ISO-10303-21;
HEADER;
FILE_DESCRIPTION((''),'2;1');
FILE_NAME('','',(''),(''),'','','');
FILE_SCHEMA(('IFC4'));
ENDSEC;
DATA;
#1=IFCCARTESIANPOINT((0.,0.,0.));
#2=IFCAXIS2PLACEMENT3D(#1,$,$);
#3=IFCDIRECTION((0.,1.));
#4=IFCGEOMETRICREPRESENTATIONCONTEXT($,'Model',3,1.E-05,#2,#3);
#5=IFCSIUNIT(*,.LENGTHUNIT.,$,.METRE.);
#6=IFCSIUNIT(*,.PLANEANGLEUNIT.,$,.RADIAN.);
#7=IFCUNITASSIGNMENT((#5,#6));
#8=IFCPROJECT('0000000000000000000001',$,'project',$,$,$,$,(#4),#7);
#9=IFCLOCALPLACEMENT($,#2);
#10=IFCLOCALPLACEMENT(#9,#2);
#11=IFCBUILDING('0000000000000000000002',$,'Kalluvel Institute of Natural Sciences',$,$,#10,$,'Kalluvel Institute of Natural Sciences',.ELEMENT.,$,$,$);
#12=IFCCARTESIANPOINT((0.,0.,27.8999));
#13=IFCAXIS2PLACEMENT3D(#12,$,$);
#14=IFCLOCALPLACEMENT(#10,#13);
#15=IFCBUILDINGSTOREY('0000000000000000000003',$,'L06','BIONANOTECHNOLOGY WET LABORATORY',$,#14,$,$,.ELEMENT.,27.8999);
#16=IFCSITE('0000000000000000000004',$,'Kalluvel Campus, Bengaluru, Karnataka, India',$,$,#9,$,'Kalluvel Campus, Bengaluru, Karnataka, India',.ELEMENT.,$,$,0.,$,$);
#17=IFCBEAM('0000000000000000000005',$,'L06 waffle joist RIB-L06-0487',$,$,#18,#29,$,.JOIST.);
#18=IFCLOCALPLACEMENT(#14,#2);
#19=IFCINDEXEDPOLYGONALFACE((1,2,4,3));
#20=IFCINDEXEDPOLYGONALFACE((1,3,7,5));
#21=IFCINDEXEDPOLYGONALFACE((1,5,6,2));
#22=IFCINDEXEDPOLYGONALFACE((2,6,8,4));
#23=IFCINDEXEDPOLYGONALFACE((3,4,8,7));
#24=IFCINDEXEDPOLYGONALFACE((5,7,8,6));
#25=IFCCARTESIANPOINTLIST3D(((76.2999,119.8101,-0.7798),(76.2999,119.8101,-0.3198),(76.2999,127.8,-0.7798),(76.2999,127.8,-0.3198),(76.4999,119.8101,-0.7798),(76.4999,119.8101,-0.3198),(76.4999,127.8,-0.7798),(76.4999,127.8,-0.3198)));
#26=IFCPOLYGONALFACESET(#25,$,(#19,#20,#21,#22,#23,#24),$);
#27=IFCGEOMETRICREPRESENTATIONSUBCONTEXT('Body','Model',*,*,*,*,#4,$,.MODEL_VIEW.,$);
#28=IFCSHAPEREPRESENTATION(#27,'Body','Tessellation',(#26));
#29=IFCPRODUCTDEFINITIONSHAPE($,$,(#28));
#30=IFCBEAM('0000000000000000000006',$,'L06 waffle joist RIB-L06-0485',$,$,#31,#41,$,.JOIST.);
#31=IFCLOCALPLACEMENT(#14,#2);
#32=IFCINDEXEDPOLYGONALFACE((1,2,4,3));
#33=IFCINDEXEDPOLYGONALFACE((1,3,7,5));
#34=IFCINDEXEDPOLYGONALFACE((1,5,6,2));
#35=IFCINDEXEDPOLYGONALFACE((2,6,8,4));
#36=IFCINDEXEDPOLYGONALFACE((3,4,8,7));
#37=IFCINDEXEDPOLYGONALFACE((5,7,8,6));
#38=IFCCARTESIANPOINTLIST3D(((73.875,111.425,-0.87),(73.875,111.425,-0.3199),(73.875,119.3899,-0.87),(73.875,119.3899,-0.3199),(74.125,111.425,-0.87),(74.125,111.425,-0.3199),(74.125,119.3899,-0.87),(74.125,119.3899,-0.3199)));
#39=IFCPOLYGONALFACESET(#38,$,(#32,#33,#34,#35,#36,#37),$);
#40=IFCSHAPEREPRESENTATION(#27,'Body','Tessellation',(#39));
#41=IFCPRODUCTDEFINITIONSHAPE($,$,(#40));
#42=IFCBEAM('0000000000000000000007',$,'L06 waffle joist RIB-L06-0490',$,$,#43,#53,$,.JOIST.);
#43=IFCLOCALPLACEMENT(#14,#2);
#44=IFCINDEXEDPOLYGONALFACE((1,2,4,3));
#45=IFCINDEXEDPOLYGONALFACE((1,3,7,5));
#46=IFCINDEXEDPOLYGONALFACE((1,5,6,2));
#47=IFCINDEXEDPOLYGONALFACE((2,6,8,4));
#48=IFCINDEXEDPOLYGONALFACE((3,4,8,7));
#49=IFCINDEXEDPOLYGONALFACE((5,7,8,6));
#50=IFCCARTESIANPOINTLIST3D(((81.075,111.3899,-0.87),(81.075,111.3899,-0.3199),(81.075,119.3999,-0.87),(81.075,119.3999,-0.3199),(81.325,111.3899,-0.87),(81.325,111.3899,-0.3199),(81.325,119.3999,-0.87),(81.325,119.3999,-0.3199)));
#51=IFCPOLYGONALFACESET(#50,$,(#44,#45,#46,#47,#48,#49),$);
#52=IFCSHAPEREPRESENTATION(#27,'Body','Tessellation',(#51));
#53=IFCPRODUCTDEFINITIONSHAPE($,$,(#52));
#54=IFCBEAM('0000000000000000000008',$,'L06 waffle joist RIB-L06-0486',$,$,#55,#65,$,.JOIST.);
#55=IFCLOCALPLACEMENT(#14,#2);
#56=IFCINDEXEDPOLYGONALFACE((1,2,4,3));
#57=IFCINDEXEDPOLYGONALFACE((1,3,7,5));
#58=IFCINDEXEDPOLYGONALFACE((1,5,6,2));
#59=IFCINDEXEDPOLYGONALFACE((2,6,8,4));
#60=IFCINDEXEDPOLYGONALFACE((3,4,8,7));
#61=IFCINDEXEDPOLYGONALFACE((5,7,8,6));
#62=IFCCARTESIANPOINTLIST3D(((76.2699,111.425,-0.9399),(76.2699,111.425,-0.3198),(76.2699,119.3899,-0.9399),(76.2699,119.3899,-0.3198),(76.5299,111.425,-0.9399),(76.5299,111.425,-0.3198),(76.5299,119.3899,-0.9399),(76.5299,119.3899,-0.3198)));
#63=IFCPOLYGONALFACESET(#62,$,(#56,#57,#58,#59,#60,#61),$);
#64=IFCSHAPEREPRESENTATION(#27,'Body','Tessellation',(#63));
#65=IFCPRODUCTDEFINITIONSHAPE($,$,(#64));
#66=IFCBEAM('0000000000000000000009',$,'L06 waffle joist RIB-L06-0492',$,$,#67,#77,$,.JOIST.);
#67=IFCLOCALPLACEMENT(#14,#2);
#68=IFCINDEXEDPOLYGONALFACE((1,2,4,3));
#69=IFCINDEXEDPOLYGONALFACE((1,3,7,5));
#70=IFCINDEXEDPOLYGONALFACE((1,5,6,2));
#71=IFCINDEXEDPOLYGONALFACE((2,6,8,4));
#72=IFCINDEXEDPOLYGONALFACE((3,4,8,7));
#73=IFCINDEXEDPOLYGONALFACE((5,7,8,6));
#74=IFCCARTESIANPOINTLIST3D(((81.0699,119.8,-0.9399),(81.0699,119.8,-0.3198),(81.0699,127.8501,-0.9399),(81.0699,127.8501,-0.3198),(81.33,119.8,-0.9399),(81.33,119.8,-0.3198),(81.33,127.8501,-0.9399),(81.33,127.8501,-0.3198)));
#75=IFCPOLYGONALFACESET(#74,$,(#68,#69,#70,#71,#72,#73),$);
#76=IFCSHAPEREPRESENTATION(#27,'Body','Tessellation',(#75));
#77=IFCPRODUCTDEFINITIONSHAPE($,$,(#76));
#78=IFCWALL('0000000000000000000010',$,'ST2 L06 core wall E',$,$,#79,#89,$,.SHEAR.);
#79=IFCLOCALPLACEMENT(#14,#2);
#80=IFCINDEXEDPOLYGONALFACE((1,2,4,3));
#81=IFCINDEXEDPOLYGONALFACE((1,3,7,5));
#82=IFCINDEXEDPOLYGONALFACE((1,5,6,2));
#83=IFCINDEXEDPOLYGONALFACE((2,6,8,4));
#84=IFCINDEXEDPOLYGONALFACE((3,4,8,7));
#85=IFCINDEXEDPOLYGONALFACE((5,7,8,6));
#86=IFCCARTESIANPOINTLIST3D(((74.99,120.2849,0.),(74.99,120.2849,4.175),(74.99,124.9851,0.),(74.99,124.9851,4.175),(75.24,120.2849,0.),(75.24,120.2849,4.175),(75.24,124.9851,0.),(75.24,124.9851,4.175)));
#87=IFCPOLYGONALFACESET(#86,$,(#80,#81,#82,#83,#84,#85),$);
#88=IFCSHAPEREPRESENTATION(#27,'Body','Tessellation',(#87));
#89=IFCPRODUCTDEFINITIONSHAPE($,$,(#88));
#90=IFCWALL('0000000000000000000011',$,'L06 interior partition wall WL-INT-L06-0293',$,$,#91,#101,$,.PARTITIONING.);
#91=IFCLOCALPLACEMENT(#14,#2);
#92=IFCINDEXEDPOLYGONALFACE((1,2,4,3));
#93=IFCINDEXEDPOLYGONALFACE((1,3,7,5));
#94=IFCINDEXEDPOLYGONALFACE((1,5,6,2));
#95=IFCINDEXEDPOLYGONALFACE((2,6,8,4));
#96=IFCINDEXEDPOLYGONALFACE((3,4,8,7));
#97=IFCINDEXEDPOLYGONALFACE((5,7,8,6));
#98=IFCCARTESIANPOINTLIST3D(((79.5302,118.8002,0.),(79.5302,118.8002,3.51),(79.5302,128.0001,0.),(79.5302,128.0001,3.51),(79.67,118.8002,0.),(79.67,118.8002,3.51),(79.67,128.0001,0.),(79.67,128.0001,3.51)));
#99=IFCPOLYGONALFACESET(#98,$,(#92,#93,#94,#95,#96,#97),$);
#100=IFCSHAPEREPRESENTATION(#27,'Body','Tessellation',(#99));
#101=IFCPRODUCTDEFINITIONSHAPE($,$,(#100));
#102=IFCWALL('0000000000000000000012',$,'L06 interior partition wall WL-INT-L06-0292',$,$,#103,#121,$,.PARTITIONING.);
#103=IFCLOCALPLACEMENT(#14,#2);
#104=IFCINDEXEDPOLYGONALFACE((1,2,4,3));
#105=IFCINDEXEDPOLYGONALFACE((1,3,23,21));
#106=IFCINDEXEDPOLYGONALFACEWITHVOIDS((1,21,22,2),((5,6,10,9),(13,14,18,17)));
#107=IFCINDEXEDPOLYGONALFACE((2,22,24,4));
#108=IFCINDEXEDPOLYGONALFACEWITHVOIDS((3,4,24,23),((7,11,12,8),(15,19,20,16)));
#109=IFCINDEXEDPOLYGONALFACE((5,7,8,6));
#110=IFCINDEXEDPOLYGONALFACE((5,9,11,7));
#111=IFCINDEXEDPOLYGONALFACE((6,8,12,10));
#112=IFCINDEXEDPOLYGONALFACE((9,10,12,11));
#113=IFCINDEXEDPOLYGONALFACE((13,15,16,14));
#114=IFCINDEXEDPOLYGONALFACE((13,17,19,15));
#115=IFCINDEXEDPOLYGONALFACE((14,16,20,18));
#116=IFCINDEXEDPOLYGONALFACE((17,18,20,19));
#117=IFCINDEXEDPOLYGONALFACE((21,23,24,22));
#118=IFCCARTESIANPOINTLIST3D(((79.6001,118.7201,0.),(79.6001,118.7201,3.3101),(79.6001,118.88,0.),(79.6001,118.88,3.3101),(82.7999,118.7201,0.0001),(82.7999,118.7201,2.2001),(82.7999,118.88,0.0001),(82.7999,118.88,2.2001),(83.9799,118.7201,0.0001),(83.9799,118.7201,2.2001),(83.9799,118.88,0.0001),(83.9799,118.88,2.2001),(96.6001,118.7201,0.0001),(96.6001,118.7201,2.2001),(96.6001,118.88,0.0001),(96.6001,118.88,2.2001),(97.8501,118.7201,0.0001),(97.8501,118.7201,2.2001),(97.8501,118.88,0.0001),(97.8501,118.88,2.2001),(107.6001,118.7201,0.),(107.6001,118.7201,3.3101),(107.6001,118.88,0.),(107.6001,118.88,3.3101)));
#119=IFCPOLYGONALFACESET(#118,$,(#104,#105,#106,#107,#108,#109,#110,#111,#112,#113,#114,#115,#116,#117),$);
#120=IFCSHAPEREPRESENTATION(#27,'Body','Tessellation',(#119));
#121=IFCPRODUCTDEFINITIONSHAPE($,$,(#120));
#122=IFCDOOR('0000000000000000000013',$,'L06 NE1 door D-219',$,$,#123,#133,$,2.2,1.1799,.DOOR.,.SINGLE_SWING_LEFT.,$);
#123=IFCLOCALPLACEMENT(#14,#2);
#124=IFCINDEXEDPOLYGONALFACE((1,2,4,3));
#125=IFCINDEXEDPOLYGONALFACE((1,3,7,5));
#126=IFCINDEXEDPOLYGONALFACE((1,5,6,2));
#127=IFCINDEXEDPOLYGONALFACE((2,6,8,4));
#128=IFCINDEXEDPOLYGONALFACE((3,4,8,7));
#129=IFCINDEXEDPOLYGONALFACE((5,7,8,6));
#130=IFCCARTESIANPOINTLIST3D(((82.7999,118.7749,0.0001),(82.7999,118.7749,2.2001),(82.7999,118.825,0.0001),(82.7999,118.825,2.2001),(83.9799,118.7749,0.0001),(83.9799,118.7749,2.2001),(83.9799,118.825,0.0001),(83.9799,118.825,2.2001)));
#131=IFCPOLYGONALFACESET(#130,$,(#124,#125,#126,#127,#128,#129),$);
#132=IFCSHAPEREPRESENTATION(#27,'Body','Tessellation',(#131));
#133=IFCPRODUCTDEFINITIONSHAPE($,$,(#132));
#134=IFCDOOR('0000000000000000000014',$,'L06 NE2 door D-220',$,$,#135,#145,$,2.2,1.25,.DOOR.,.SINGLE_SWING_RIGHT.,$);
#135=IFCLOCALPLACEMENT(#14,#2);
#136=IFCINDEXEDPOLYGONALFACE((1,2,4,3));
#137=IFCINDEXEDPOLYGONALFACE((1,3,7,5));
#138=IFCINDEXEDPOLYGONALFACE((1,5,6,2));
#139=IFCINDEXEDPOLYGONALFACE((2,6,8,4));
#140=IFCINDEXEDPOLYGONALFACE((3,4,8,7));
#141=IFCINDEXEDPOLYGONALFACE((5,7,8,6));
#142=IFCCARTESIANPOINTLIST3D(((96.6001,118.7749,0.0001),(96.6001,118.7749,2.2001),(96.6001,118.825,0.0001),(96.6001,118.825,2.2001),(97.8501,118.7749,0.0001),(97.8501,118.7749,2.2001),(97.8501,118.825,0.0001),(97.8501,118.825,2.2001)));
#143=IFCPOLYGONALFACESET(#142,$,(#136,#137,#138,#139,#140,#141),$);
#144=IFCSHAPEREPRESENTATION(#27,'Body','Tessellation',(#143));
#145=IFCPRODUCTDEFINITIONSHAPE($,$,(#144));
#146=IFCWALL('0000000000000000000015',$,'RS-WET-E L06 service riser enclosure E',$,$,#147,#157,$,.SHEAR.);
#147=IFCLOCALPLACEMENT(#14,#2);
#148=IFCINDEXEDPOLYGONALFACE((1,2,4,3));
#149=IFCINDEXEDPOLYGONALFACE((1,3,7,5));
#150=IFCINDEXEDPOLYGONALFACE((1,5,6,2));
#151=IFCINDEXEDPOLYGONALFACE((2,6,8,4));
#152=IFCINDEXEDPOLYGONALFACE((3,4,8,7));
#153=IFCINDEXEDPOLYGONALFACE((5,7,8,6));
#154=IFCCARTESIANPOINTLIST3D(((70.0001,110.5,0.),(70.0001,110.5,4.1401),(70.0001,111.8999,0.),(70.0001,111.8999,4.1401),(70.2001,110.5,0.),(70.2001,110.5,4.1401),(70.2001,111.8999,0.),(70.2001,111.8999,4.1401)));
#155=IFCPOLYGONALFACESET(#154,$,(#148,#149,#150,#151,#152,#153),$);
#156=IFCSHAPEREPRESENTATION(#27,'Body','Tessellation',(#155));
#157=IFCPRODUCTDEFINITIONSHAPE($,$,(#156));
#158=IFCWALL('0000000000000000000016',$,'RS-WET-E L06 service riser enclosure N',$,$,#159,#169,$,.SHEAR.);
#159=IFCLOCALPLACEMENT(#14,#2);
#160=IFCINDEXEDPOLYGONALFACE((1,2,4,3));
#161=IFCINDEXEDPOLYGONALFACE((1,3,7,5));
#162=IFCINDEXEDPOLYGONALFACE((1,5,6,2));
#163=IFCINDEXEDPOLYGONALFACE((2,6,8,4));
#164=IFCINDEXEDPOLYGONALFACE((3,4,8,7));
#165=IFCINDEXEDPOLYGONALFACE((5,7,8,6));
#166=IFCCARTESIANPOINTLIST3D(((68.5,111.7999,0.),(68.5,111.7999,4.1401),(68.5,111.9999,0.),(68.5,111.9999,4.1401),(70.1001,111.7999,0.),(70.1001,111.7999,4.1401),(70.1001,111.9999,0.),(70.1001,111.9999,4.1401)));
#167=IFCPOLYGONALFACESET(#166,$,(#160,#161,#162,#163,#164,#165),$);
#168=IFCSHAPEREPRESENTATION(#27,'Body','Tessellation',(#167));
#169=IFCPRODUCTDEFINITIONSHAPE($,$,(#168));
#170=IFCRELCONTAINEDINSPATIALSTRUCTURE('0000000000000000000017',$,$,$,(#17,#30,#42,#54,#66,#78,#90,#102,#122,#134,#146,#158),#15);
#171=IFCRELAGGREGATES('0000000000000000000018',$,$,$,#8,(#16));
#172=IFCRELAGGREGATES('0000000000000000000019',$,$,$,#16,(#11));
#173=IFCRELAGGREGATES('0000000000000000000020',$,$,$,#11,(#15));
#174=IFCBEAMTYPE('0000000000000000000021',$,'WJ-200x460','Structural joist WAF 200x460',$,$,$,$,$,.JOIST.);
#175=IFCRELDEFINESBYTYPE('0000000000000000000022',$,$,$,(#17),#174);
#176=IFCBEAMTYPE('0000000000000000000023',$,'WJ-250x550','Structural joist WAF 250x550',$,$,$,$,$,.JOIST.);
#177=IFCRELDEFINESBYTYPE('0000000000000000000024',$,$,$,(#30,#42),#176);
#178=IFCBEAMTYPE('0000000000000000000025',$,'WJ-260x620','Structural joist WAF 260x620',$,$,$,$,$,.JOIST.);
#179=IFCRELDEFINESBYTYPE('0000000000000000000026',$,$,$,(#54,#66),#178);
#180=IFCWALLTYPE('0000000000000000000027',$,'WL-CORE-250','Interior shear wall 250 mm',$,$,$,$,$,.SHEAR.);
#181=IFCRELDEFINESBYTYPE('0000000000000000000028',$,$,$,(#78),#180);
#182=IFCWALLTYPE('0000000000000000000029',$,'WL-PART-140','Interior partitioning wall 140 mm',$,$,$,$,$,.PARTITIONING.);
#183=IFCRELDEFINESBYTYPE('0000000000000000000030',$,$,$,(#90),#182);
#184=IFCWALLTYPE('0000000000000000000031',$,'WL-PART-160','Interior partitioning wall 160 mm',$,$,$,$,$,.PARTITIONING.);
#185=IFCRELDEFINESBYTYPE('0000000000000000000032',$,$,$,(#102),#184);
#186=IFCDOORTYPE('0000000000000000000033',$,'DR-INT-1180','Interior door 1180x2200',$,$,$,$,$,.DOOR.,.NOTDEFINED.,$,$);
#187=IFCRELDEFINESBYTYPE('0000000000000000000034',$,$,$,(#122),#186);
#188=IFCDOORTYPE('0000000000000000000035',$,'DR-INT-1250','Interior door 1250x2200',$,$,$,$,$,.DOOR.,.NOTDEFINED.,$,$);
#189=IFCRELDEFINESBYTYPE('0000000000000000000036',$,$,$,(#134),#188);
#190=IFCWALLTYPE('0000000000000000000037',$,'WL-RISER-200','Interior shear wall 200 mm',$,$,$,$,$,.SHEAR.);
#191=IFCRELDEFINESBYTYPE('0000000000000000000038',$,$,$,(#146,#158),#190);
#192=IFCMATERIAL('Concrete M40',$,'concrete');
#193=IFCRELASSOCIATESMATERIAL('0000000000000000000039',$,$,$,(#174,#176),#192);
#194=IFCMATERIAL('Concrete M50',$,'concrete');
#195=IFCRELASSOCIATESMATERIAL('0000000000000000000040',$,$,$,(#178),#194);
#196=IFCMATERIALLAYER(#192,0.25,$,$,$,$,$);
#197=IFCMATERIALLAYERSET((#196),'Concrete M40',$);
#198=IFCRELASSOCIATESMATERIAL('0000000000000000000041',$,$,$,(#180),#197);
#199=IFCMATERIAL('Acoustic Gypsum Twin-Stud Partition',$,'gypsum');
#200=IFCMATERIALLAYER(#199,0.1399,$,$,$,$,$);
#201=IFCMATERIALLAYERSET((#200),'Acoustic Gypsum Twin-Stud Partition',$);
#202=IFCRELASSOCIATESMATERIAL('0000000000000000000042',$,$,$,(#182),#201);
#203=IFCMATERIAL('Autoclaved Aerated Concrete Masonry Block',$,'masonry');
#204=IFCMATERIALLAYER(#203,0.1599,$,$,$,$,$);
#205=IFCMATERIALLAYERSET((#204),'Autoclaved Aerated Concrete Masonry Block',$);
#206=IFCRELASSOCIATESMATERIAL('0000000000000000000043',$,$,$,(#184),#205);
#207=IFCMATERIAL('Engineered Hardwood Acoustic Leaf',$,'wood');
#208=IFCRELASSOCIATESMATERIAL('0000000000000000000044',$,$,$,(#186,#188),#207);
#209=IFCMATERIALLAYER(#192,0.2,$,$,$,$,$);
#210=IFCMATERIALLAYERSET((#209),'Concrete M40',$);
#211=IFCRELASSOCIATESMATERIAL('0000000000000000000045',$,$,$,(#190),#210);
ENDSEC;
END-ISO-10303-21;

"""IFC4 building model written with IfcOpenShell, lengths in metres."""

from ifc_helpers import new_model, si_unit, direction, frame, frame_2d, origin, origin_2d, place, context, subcontext, project, spatial, rectangle, extrude, material, layer, layer_set, material_profile, profile_set, type_object, element, fill, save


model = new_model("IFC4")

# Units and contexts
model_context = context("Model", 3, precision=1e-05, world=origin(), true_north=direction((0.0, 1.0)))
body_context = subcontext(model_context, "Body", "Model", "MODEL_VIEW")
ifc_project = project(units=[si_unit("LENGTHUNIT", "METRE"), si_unit("PLANEANGLEUNIT", "RADIAN")], contexts=[model_context])

# Site, building, storey
site_placement = place(None, origin())
site = spatial("IfcSite", under=ifc_project, at=site_placement, Name="Kalluvel Campus, Bengaluru, Karnataka, India", LongName="Kalluvel Campus, Bengaluru, Karnataka, India", CompositionType="ELEMENT", RefElevation=0.0)
building_placement = place(site_placement, origin())
building = spatial("IfcBuilding", under=site, at=building_placement, Name="Kalluvel Institute of Natural Sciences", LongName="Kalluvel Institute of Natural Sciences", CompositionType="ELEMENT")
storey_placement = place(building_placement, frame((0.0, 0.0, 27.8999)))
storey = spatial("IfcBuildingStorey", under=building, at=storey_placement, Name="L06", Description="BIONANOTECHNOLOGY WET LABORATORY", CompositionType="ELEMENT", Elevation=27.8999)

# Shared definitions
ifc_material_1 = material(Name="Concrete M40", Category="concrete")

# Beams
ifc_material_2 = material(Name="Concrete M50", Category="concrete")
ifc_material_profile_1 = material_profile(ifc_material_1, rectangle(XDim=0.2, YDim=0.46, at=origin_2d()), Name="WAF 200x460")
ifc_profile_set_1 = profile_set([ifc_material_profile_1], Name="Concrete M40")
beam_type_1 = type_object("IfcBeamType", Name="WJ-200x460", Description="Structural joist WAF 200x460", PredefinedType="JOIST", material=ifc_profile_set_1)
beam_1_placement = place(storey_placement, frame((76.3999, 119.8101, -0.5498), z_axis=(0.0, 1.0, 0.0), x_axis=(-1.0, 0.0, 0.0)))
element("IfcBeam", 1, at=beam_1_placement, inside=storey, type_object=beam_type_1, Name="L06 waffle joist RIB-L06-0487", PredefinedType="JOIST", context=body_context, shape_type="SweptSolid", body=[
    extrude(rectangle(XDim=0.2, YDim=0.46, at=origin_2d()), origin(), (0.0, 0.0, 1.0), 7.99),
])
ifc_material_profile_2 = material_profile(ifc_material_1, rectangle(XDim=0.25, YDim=0.55, at=origin_2d()), Name="WAF 250x550")
ifc_profile_set_2 = profile_set([ifc_material_profile_2], Name="Concrete M40")
beam_type_2 = type_object("IfcBeamType", Name="WJ-250x550", Description="Structural joist WAF 250x550", PredefinedType="JOIST", material=ifc_profile_set_2)
beam_2_placement = place(storey_placement, frame((74.0, 111.425, -0.595), z_axis=(0.0, 1.0, 0.0), x_axis=(-1.0, 0.0, 0.0)))
element("IfcBeam", 2, at=beam_2_placement, inside=storey, type_object=beam_type_2, Name="L06 waffle joist RIB-L06-0485", PredefinedType="JOIST", context=body_context, shape_type="SweptSolid", body=[
    extrude(rectangle(XDim=0.25, YDim=0.55, at=origin_2d()), origin(), (0.0, 0.0, 1.0), 7.9648),
])
beam_3_placement = place(storey_placement, frame((81.2, 111.3899, -0.595), z_axis=(0.0, 1.0, 0.0), x_axis=(-1.0, 0.0, 0.0)))
element("IfcBeam", 3, at=beam_3_placement, inside=storey, type_object=beam_type_2, Name="L06 waffle joist RIB-L06-0490", PredefinedType="JOIST", context=body_context, shape_type="SweptSolid", body=[
    extrude(rectangle(XDim=0.25, YDim=0.55, at=origin_2d()), origin(), (0.0, 0.0, 1.0), 8.01),
])
ifc_material_profile_3 = material_profile(ifc_material_2, rectangle(XDim=0.26, YDim=0.6201, at=origin_2d()), Name="WAF 260x620")
ifc_profile_set_3 = profile_set([ifc_material_profile_3], Name="Concrete M50")
beam_type_3 = type_object("IfcBeamType", Name="WJ-260x620", Description="Structural joist WAF 260x620", PredefinedType="JOIST", material=ifc_profile_set_3)
beam_4_placement = place(storey_placement, frame((76.3999, 111.425, -0.6299), z_axis=(0.0, 1.0, 0.0), x_axis=(-1.0, 0.0, 0.0)))
element("IfcBeam", 4, at=beam_4_placement, inside=storey, type_object=beam_type_3, Name="L06 waffle joist RIB-L06-0486", PredefinedType="JOIST", context=body_context, shape_type="SweptSolid", body=[
    extrude(rectangle(XDim=0.26, YDim=0.6201, at=origin_2d()), origin(), (0.0, 0.0, 1.0), 7.9648),
])
beam_5_placement = place(storey_placement, frame((81.2, 119.8, -0.6299), z_axis=(0.0, 1.0, 0.0), x_axis=(-1.0, 0.0, 0.0)))
element("IfcBeam", 5, at=beam_5_placement, inside=storey, type_object=beam_type_3, Name="L06 waffle joist RIB-L06-0492", PredefinedType="JOIST", context=body_context, shape_type="SweptSolid", body=[
    extrude(rectangle(XDim=0.26, YDim=0.6201, at=origin_2d()), origin(), (0.0, 0.0, 1.0), 8.05),
])

# Walls
ifc_layer_1 = layer(ifc_material_1, 0.25)
ifc_layer_set_1 = layer_set([ifc_layer_1], Name="Concrete M40")
wall_type_1 = type_object("IfcWallType", Name="WL-CORE-250", Description="Interior shear wall 250 mm", PredefinedType="SHEAR", material=ifc_layer_set_1)
wall_1_placement = place(storey_placement, frame((75.115, 120.2849, 0.0), z_axis=(0.0, 0.0, 1.0), x_axis=(0.0, 1.0, 0.0)))
element("IfcWall", 6, at=wall_1_placement, inside=storey, type_object=wall_type_1, Name="ST2 L06 core wall E", PredefinedType="SHEAR", context=body_context, shape_type="SweptSolid", body=[
    extrude(rectangle(XDim=4.7002, YDim=0.25, at=frame_2d((2.3501, 0.0))), origin(), (0.0, 0.0, 1.0), 4.175),
])
ifc_material_3 = material(Name="Acoustic Gypsum Twin-Stud Partition", Category="gypsum")
ifc_layer_2 = layer(ifc_material_3, 0.1399)
ifc_layer_set_2 = layer_set([ifc_layer_2], Name="Acoustic Gypsum Twin-Stud Partition")
wall_type_2 = type_object("IfcWallType", Name="WL-PART-140", Description="Interior partitioning wall 140 mm", PredefinedType="PARTITIONING", material=ifc_layer_set_2)
wall_2_placement = place(storey_placement, frame((79.6001, 118.8, 0.0), z_axis=(0.0, 0.0, 1.0), x_axis=(0.0, 1.0, 0.0)))
element("IfcWall", 7, at=wall_2_placement, inside=storey, type_object=wall_type_2, Name="L06 interior partition wall WL-INT-L06-0293", PredefinedType="PARTITIONING", context=body_context, shape_type="SweptSolid", body=[
    extrude(rectangle(XDim=9.2, YDim=0.1399, at=frame_2d((4.6001, 0.0))), origin(), (0.0, 0.0, 1.0), 3.51),
])

# Wall, openings, doors
ifc_material_4 = material(Name="Autoclaved Aerated Concrete Masonry Block", Category="masonry")
ifc_layer_3 = layer(ifc_material_4, 0.1599)
ifc_layer_set_3 = layer_set([ifc_layer_3], Name="Autoclaved Aerated Concrete Masonry Block")
wall_type_3 = type_object("IfcWallType", Name="WL-PART-160", Description="Interior partitioning wall 160 mm", PredefinedType="PARTITIONING", material=ifc_layer_set_3)
wall_3_placement = place(storey_placement, frame((79.6001, 118.8, 0.0), z_axis=(0.0, 0.0, 1.0), x_axis=(1.0, 0.0, 0.0)))
wall_3 = element("IfcWall", 8, at=wall_3_placement, inside=storey, type_object=wall_type_3, Name="L06 interior partition wall WL-INT-L06-0292", PredefinedType="PARTITIONING", context=body_context, shape_type="SweptSolid", body=[
    extrude(rectangle(XDim=28.0, YDim=0.1599, at=frame_2d((14.0, 0.0))), origin(), (0.0, 0.0, 1.0), 3.3101),
])
opening_1_placement = place(wall_3_placement, frame((3.2, 0.0, 0.0)))
opening_1 = element("IfcOpeningElement", 9, at=opening_1_placement, cuts=wall_3, PredefinedType="OPENING", context=body_context, shape_type="SweptSolid", body=[
    extrude(rectangle(XDim=1.1799, YDim=2.2, at=frame_2d((0.5898, 1.1001))), frame((0.0, 0.0898, 0.0), z_axis=(0.0, -1.0, 0.0), x_axis=(1.0, 0.0, 0.0)), (0.0, 0.0, 1.0), 0.1799),
])
opening_2_placement = place(wall_3_placement, frame((17.0, 0.0, 0.0)))
opening_2 = element("IfcOpeningElement", 10, at=opening_2_placement, cuts=wall_3, PredefinedType="OPENING", context=body_context, shape_type="SweptSolid", body=[
    extrude(rectangle(XDim=1.25, YDim=2.2, at=frame_2d((0.625, 1.1001))), frame((0.0, 0.0898, 0.0), z_axis=(0.0, -1.0, 0.0), x_axis=(1.0, 0.0, 0.0)), (0.0, 0.0, 1.0), 0.1799),
])
ifc_material_5 = material(Name="Engineered Hardwood Acoustic Leaf", Category="wood")
door_type_1 = type_object("IfcDoorType", Name="DR-INT-1180", Description="Interior door 1180x2200", OperationType="NOTDEFINED", PredefinedType="DOOR", material=ifc_material_5)
door_1_placement = place(opening_1_placement, origin())
door_1 = element("IfcDoor", 11, at=door_1_placement, inside=storey, type_object=door_type_1, Name="L06 NE1 door D-219", OperationType="SINGLE_SWING_LEFT", OverallHeight=2.2, OverallWidth=1.1799, PredefinedType="DOOR", context=body_context, shape_type="SweptSolid", body=[
    extrude(rectangle(XDim=1.1799, YDim=2.2, at=frame_2d((0.5898, 1.1001))), frame((0.0, 0.0249, 0.0), z_axis=(0.0, -1.0, 0.0), x_axis=(1.0, 0.0, 0.0)), (0.0, 0.0, 1.0), 0.05),
])
fill(opening_1, door_1)
door_type_2 = type_object("IfcDoorType", Name="DR-INT-1250", Description="Interior door 1250x2200", OperationType="NOTDEFINED", PredefinedType="DOOR", material=ifc_material_5)
door_2_placement = place(opening_2_placement, origin())
door_2 = element("IfcDoor", 12, at=door_2_placement, inside=storey, type_object=door_type_2, Name="L06 NE2 door D-220", OperationType="SINGLE_SWING_RIGHT", OverallHeight=2.2, OverallWidth=1.25, PredefinedType="DOOR", context=body_context, shape_type="SweptSolid", body=[
    extrude(rectangle(XDim=1.25, YDim=2.2, at=frame_2d((0.625, 1.1001))), frame((0.0, 0.0249, 0.0), z_axis=(0.0, -1.0, 0.0), x_axis=(1.0, 0.0, 0.0)), (0.0, 0.0, 1.0), 0.05),
])
fill(opening_2, door_2)

# Walls
ifc_layer_4 = layer(ifc_material_1, 0.2)
ifc_layer_set_4 = layer_set([ifc_layer_4], Name="Concrete M40")
wall_type_4 = type_object("IfcWallType", Name="WL-RISER-200", Description="Interior shear wall 200 mm", PredefinedType="SHEAR", material=ifc_layer_set_4)
wall_4_placement = place(storey_placement, frame((70.1001, 110.5, 0.0), z_axis=(0.0, 0.0, 1.0), x_axis=(0.0, 1.0, 0.0)))
element("IfcWall", 13, at=wall_4_placement, inside=storey, type_object=wall_type_4, Name="RS-WET-E L06 service riser enclosure E", PredefinedType="SHEAR", context=body_context, shape_type="SweptSolid", body=[
    extrude(rectangle(XDim=1.3999, YDim=0.2, at=frame_2d((0.7, 0.0))), origin(), (0.0, 0.0, 1.0), 4.1401),
])
wall_5_placement = place(storey_placement, frame((70.1001, 111.8999, 0.0), z_axis=(0.0, 0.0, 1.0), x_axis=(-1.0, 0.0, 0.0)))
element("IfcWall", 14, at=wall_5_placement, inside=storey, type_object=wall_type_4, Name="RS-WET-E L06 service riser enclosure N", PredefinedType="SHEAR", context=body_context, shape_type="SweptSolid", body=[
    extrude(rectangle(XDim=1.6001, YDim=0.2, at=frame_2d((0.8, 0.0))), origin(), (0.0, 0.0, 1.0), 4.1401),
])

save(model, "model.ifc")
